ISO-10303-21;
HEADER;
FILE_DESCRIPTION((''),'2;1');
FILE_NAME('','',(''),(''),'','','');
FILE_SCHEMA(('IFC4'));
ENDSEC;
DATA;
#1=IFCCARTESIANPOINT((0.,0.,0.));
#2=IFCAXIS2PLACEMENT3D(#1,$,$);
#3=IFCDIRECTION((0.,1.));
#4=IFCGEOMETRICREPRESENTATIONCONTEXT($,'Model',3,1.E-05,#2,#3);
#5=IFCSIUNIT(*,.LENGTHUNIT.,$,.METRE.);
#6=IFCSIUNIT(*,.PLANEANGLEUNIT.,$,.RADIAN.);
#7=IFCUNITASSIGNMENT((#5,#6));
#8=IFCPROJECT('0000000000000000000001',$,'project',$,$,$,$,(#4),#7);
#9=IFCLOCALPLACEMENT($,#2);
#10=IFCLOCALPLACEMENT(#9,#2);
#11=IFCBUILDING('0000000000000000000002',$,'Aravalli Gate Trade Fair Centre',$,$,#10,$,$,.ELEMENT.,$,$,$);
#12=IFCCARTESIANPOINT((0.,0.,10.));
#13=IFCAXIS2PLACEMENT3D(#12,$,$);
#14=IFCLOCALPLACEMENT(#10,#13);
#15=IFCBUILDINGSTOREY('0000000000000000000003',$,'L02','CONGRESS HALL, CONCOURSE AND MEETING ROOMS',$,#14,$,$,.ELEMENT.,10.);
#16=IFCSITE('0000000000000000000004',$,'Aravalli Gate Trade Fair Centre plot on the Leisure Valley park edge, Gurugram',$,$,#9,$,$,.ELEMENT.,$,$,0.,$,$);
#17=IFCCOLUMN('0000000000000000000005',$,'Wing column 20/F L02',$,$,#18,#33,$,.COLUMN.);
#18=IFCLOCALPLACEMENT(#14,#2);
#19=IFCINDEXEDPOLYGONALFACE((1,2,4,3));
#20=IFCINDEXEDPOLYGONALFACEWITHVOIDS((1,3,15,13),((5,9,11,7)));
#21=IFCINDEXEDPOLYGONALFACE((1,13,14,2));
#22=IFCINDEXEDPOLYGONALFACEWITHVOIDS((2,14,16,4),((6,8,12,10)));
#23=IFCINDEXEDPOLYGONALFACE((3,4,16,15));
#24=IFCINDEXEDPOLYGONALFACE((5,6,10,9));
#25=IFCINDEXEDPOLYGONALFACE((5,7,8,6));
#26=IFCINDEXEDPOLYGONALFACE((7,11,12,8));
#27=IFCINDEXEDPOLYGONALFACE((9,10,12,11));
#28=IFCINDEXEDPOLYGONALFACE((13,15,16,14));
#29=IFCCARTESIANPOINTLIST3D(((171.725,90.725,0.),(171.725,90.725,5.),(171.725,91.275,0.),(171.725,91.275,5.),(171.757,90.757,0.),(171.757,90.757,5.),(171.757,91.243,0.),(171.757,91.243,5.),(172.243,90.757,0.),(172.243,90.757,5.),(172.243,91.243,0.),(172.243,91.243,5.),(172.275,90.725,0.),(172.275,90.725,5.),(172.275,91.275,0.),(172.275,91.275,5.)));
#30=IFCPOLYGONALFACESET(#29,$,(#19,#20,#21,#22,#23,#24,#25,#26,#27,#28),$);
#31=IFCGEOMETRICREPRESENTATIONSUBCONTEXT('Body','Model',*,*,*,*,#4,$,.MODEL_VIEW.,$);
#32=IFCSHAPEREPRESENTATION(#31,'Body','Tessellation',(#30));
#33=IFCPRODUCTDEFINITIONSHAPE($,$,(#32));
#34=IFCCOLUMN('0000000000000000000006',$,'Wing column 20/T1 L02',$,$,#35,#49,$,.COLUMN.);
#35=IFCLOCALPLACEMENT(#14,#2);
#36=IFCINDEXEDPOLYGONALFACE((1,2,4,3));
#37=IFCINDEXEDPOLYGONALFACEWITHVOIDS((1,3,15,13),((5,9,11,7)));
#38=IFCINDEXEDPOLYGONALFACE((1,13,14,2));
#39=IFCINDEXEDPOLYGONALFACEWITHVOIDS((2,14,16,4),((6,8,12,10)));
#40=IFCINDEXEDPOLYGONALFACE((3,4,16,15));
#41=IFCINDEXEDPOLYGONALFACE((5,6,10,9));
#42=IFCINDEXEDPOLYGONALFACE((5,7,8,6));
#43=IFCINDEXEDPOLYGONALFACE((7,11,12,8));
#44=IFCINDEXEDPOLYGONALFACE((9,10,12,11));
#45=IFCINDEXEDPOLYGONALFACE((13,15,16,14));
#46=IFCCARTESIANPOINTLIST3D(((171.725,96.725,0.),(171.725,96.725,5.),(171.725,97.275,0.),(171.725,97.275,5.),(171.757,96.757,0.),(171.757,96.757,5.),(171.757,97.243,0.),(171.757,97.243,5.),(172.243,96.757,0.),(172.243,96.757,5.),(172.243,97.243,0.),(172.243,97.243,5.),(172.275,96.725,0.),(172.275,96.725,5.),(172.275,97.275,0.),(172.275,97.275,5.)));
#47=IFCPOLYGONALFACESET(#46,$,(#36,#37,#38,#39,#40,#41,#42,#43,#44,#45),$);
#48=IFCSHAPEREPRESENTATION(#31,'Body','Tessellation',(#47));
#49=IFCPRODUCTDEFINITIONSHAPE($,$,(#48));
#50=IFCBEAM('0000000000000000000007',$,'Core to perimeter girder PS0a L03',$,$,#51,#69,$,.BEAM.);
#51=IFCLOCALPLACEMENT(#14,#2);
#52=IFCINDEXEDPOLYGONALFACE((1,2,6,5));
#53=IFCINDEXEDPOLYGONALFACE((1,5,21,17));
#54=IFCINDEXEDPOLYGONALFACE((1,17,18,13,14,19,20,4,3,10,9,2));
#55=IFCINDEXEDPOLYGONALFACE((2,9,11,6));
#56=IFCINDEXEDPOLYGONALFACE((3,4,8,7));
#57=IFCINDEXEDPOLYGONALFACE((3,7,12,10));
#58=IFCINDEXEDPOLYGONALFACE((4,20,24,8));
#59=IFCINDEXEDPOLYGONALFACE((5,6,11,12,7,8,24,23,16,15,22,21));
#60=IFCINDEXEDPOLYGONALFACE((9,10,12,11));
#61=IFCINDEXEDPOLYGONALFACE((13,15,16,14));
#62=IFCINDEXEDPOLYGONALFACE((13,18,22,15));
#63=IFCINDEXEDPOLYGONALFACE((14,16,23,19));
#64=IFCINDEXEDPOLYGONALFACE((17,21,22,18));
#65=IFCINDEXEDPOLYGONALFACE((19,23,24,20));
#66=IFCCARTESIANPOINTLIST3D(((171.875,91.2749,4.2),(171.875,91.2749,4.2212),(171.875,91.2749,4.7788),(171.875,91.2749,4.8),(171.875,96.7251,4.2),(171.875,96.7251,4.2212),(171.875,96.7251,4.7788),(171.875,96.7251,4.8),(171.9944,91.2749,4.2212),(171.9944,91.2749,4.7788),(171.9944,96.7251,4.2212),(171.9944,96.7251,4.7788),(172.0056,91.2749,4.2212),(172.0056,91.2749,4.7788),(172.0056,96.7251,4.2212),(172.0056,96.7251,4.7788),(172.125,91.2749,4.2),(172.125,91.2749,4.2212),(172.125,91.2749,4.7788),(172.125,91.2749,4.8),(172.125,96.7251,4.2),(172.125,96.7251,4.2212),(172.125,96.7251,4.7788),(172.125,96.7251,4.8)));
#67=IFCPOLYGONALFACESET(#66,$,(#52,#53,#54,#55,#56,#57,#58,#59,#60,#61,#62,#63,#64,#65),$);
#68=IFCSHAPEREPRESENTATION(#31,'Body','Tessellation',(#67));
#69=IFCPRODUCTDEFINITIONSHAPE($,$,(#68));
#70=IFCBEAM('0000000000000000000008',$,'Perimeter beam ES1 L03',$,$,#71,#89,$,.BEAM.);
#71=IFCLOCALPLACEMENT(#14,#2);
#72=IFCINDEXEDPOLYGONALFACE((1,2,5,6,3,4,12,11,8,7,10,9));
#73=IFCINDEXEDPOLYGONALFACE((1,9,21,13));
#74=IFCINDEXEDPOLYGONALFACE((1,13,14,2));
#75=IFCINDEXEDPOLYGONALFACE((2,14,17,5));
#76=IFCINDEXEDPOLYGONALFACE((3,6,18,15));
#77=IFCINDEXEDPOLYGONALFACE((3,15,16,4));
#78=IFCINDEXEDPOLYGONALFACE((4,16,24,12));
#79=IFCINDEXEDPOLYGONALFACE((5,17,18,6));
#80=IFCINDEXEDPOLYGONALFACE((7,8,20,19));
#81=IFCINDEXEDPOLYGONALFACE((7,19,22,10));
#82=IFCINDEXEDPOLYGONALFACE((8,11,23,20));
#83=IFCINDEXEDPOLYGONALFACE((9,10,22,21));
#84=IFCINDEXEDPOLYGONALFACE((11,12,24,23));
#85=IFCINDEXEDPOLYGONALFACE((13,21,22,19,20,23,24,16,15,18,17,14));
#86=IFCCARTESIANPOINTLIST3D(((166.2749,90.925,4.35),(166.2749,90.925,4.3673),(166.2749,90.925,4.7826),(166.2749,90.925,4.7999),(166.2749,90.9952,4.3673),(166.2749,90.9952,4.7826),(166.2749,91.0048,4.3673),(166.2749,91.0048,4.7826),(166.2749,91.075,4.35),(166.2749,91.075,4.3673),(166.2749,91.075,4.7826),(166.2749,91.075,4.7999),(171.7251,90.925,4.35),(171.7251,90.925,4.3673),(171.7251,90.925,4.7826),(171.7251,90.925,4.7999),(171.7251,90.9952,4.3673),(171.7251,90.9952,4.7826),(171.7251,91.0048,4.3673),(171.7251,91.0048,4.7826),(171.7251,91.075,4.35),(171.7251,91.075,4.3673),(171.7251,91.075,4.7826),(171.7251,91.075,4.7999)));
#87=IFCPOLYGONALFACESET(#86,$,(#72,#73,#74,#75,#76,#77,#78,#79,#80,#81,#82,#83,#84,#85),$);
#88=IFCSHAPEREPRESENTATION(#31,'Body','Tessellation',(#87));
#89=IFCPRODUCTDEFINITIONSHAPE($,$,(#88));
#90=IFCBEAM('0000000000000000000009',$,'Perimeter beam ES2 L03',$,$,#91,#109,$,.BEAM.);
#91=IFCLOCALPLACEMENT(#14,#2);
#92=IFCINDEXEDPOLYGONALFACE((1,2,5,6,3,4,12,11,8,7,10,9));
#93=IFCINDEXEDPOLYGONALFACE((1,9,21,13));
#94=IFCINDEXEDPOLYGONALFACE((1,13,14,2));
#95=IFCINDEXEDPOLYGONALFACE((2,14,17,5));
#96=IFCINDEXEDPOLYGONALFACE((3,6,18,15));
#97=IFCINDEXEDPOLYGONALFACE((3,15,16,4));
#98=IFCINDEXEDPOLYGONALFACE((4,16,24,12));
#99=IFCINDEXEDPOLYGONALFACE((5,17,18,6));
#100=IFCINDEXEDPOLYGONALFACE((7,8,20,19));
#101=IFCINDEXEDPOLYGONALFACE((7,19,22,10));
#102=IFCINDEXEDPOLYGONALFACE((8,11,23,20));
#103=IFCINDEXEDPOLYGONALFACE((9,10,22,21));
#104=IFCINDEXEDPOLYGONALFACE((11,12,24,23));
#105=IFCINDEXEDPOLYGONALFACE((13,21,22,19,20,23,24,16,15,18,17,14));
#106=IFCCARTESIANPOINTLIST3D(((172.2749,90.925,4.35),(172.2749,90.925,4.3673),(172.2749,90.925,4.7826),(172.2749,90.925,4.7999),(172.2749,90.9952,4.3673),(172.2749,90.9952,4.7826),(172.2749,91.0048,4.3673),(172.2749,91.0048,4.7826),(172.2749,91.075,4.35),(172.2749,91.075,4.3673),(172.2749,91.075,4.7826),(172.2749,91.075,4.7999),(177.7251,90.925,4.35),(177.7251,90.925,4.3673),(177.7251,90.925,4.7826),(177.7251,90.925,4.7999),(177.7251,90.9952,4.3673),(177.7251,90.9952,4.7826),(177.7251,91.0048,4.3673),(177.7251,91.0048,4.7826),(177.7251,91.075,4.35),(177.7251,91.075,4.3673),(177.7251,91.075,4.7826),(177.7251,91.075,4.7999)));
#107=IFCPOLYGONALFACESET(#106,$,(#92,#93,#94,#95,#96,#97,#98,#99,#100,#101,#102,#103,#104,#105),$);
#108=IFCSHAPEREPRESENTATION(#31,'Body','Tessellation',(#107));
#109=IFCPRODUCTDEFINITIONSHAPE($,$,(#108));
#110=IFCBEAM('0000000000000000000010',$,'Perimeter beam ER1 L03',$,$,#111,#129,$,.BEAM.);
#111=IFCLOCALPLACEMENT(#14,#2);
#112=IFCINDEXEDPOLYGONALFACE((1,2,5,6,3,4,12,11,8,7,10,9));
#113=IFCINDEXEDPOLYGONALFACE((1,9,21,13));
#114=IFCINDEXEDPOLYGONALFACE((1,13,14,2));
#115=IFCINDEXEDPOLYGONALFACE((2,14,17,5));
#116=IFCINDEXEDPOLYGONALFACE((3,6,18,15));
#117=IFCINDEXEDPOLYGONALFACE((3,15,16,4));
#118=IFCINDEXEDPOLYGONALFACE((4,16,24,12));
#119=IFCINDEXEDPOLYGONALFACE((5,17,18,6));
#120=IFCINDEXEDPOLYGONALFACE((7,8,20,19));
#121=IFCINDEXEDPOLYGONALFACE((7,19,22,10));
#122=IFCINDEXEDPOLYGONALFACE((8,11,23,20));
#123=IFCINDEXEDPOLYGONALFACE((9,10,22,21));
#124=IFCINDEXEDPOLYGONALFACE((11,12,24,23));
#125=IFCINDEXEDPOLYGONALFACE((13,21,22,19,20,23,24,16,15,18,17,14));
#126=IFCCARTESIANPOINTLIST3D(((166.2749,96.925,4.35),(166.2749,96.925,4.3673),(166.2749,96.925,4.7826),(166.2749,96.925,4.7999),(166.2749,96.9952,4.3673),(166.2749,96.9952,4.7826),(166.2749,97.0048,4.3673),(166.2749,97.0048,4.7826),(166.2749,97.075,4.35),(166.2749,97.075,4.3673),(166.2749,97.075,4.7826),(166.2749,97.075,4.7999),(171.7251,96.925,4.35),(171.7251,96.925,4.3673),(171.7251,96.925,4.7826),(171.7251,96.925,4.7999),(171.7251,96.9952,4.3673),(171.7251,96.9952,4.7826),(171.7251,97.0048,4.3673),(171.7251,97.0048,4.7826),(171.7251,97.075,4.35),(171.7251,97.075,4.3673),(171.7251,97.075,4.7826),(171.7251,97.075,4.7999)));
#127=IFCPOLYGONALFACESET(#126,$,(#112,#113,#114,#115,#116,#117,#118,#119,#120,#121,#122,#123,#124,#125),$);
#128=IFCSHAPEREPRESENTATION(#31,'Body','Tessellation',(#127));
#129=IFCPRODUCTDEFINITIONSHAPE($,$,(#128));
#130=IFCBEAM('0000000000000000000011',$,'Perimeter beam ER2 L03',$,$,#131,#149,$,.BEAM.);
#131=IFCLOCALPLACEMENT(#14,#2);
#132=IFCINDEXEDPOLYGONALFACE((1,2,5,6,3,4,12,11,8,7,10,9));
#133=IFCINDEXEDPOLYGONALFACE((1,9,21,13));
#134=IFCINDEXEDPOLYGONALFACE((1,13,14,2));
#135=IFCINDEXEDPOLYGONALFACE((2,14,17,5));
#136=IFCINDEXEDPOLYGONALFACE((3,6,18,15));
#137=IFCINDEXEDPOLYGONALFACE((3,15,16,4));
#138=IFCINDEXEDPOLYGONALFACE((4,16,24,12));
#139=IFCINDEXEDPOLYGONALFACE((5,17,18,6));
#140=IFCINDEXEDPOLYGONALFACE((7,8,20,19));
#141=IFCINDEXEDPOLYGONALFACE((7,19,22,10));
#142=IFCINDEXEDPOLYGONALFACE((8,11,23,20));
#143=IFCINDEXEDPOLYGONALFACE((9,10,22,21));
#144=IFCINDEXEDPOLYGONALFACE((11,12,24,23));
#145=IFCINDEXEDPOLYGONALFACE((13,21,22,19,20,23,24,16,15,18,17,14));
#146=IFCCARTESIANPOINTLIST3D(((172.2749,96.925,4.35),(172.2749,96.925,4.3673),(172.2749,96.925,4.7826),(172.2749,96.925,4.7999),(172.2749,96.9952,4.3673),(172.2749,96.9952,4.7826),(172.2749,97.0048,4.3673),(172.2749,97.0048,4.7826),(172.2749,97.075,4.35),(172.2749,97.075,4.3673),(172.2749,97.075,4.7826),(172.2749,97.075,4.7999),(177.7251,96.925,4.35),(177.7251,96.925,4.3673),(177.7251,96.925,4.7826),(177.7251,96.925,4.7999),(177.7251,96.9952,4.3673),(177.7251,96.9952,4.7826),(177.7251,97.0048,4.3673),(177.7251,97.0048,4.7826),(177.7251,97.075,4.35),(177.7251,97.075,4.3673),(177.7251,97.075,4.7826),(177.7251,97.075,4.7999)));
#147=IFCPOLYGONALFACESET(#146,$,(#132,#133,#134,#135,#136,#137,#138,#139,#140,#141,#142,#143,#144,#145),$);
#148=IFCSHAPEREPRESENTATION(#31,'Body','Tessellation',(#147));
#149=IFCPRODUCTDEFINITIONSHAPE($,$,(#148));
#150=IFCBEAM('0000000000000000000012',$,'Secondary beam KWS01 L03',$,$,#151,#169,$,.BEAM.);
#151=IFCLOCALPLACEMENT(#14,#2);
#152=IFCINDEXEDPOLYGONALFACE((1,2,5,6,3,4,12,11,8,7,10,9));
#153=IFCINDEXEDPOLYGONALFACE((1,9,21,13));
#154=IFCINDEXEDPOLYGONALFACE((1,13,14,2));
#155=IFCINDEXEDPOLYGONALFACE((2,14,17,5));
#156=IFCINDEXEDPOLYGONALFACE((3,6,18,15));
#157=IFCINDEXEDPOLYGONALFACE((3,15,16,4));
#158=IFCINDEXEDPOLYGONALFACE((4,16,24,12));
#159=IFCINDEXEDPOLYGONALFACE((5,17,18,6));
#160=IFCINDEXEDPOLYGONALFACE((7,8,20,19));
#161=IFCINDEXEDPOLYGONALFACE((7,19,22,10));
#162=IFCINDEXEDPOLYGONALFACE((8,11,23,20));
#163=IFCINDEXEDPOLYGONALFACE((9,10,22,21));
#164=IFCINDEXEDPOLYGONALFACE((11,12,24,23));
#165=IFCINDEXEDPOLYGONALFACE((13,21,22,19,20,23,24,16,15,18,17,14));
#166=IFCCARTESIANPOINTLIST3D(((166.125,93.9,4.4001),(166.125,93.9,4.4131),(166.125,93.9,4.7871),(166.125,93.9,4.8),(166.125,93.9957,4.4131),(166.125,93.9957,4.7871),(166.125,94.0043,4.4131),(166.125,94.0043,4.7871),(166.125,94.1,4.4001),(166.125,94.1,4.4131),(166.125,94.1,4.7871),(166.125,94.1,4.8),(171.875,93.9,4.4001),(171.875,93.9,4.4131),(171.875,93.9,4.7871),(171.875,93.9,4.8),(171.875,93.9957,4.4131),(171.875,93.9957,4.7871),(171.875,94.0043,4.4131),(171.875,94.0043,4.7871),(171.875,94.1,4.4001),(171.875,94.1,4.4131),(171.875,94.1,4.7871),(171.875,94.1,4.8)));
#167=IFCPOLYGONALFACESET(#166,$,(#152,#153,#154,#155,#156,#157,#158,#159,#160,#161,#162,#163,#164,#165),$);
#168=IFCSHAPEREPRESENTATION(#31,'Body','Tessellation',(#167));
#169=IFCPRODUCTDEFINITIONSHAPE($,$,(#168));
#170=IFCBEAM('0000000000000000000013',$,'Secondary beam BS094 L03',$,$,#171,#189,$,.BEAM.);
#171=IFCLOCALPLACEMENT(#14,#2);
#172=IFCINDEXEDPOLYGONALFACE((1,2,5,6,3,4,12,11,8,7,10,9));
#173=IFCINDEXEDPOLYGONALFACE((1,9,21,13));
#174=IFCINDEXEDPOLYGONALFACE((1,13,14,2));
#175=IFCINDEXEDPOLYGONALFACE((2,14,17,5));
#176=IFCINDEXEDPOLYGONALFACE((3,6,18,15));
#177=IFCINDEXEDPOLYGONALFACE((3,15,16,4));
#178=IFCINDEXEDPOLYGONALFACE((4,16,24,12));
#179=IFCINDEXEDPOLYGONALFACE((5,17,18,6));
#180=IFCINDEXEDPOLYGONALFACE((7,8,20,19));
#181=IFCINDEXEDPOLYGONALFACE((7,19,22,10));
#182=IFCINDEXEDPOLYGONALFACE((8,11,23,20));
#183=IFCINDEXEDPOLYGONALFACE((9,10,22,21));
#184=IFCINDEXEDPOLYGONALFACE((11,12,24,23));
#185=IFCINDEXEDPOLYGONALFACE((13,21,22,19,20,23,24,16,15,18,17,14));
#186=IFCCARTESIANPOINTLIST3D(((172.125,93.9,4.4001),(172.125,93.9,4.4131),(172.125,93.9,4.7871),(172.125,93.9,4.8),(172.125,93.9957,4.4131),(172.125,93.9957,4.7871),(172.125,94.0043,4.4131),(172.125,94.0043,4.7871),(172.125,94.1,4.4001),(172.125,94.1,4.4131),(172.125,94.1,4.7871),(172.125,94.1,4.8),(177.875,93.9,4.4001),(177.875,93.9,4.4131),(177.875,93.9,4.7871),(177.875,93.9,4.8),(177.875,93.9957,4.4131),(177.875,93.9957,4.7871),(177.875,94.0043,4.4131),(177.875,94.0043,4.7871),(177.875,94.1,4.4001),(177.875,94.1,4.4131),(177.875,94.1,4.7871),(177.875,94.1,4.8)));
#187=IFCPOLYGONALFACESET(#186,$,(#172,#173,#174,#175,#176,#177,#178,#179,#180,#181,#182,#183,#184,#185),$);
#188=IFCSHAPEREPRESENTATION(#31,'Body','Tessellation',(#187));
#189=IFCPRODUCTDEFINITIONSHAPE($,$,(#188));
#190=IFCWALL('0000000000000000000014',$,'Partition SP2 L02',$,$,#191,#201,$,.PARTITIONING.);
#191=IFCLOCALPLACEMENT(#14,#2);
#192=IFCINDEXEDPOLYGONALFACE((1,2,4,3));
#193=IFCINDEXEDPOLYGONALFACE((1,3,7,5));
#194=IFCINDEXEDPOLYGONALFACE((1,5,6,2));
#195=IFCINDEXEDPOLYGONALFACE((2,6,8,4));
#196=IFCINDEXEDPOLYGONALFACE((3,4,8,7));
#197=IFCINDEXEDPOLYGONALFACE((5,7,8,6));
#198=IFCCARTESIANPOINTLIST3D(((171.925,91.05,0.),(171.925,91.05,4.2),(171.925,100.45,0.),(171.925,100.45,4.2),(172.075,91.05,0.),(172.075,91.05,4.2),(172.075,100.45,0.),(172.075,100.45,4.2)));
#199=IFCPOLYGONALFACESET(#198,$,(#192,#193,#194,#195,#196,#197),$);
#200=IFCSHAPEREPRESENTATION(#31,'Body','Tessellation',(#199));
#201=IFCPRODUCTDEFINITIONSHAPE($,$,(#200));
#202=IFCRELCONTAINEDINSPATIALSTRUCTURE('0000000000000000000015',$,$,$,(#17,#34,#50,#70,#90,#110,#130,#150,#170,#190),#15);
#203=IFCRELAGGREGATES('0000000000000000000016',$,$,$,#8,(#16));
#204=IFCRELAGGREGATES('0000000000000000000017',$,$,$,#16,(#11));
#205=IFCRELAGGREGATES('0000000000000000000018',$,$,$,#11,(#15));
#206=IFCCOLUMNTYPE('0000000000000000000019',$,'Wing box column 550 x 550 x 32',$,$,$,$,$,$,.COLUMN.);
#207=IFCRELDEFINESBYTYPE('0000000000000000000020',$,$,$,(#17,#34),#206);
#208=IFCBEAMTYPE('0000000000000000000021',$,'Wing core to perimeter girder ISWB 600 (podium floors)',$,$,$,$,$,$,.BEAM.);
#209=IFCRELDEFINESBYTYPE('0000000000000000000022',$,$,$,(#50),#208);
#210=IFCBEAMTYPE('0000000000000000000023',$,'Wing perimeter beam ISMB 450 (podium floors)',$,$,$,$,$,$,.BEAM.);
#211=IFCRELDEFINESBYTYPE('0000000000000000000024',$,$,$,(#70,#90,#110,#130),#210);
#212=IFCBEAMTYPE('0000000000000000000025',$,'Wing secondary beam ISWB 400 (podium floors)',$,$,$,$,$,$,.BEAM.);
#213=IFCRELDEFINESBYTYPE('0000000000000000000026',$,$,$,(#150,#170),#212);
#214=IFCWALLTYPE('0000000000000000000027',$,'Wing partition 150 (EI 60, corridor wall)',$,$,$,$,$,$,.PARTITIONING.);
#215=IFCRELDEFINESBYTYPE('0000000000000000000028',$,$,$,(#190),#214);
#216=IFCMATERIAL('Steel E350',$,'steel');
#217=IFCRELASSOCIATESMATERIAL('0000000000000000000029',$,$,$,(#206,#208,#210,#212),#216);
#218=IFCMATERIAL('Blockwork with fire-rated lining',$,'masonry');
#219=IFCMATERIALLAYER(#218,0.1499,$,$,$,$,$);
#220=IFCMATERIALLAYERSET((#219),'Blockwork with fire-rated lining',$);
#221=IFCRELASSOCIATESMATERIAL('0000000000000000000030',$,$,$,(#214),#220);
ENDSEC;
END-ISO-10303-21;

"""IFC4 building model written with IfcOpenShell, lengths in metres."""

from ifc_helpers import new_model, si_unit, direction, frame, frame_2d, origin, origin_2d, place, context, subcontext, project, spatial, rectangle, hollow_rectangle, i_section, extrude, material, layer, layer_set, material_profile, profile_set, type_object, element, save


model = new_model("IFC4")

# Units and contexts
model_context = context("Model", 3, precision=1e-05, world=origin(), true_north=direction((0.0, 1.0)))
body_context = subcontext(model_context, "Body", "Model", "MODEL_VIEW")
ifc_project = project(units=[si_unit("LENGTHUNIT", "METRE"), si_unit("PLANEANGLEUNIT", "RADIAN")], contexts=[model_context])

# Site, building, storey
site_placement = place(None, origin())
site = spatial("IfcSite", under=ifc_project, at=site_placement, Name="Aravalli Gate Trade Fair Centre plot on the Leisure Valley park edge, Gurugram", CompositionType="ELEMENT", RefElevation=0.0)
building_placement = place(site_placement, origin())
building = spatial("IfcBuilding", under=site, at=building_placement, Name="Aravalli Gate Trade Fair Centre", CompositionType="ELEMENT")
storey_placement = place(building_placement, frame((0.0, 0.0, 10.0)))
storey = spatial("IfcBuildingStorey", under=building, at=storey_placement, Name="L02", Description="CONGRESS HALL, CONCOURSE AND MEETING ROOMS", CompositionType="ELEMENT", Elevation=10.0)

# Columns
ifc_material_1 = material(Name="Steel E350", Category="steel")
ifc_material_profile_1 = material_profile(ifc_material_1, hollow_rectangle(XDim=0.55, YDim=0.55, WallThickness=0.032, at=origin_2d()), Name="BOX 550x550x32")
ifc_profile_set_1 = profile_set([ifc_material_profile_1], Name="Steel E350")
column_type = type_object("IfcColumnType", Name="Wing box column 550 x 550 x 32", PredefinedType="COLUMN", material=ifc_profile_set_1)
for number, where, z_axis, x_axis, name in (
    (1, (172.0, 91.0, 0.0), (0.0, 0.0, 1.0), (1.0, 0.0, 0.0), "Wing column 20/F L02"),
    (2, (172.0, 97.0, 0.0), (0.0, 0.0, 1.0), (1.0, 0.0, 0.0), "Wing column 20/T1 L02"),
):
    element("IfcColumn", number, at=place(storey_placement, frame(where, z_axis=z_axis, x_axis=x_axis)), inside=storey, type_object=column_type, Name=name, PredefinedType="COLUMN", context=body_context, shape_type="SweptSolid", body=[
        extrude(hollow_rectangle(XDim=0.55, YDim=0.55, WallThickness=0.032, at=origin_2d()), origin(), (0.0, 0.0, 1.0), 5.0),
    ])

# Beams
ifc_material_profile_2 = material_profile(ifc_material_1, i_section(OverallWidth=0.25, OverallDepth=0.6001, WebThickness=0.0112, FlangeThickness=0.0212, at=origin_2d()), Name="ISWB 600")
ifc_profile_set_2 = profile_set([ifc_material_profile_2], Name="Steel E350")
beam_type_1 = type_object("IfcBeamType", Name="Wing core to perimeter girder ISWB 600 (podium floors)", PredefinedType="BEAM", material=ifc_profile_set_2)
beam_placement = place(storey_placement, frame((172.0, 91.2749, 4.5), z_axis=(0.0, 1.0, 0.0), x_axis=(-1.0, 0.0, 0.0)))
element("IfcBeam", 3, at=beam_placement, inside=storey, type_object=beam_type_1, Name="Core to perimeter girder PS0a L03", PredefinedType="BEAM", context=body_context, shape_type="SweptSolid", body=[
    extrude(i_section(OverallWidth=0.25, OverallDepth=0.6001, WebThickness=0.0112, FlangeThickness=0.0212, at=origin_2d()), origin(), (0.0, 0.0, 1.0), 5.4502),
])
ifc_material_profile_3 = material_profile(ifc_material_1, i_section(OverallWidth=0.1499, OverallDepth=0.45, WebThickness=0.0095, FlangeThickness=0.0173, at=origin_2d()), Name="ISMB 450")
ifc_profile_set_3 = profile_set([ifc_material_profile_3], Name="Steel E350")
beam_type_2 = type_object("IfcBeamType", Name="Wing perimeter beam ISMB 450 (podium floors)", PredefinedType="BEAM", material=ifc_profile_set_3)
for number, where, z_axis, x_axis, name in (
    (4, (166.2749, 91.0, 4.575), (1.0, 0.0, 0.0), (0.0, 1.0, 0.0), "Perimeter beam ES1 L03"),
    (5, (172.2749, 91.0, 4.575), (1.0, 0.0, 0.0), (0.0, 1.0, 0.0), "Perimeter beam ES2 L03"),
    (6, (166.2749, 97.0, 4.575), (1.0, 0.0, 0.0), (0.0, 1.0, 0.0), "Perimeter beam ER1 L03"),
    (7, (172.2749, 97.0, 4.575), (1.0, 0.0, 0.0), (0.0, 1.0, 0.0), "Perimeter beam ER2 L03"),
):
    element("IfcBeam", number, at=place(storey_placement, frame(where, z_axis=z_axis, x_axis=x_axis)), inside=storey, type_object=beam_type_2, Name=name, PredefinedType="BEAM", context=body_context, shape_type="SweptSolid", body=[
        extrude(i_section(OverallWidth=0.1499, OverallDepth=0.45, WebThickness=0.0095, FlangeThickness=0.0173, at=origin_2d()), origin(), (0.0, 0.0, 1.0), 5.4502),
    ])
ifc_material_profile_4 = material_profile(ifc_material_1, i_section(OverallWidth=0.2, OverallDepth=0.3999, WebThickness=0.0085, FlangeThickness=0.0129, at=origin_2d()), Name="ISWB 400")
ifc_profile_set_4 = profile_set([ifc_material_profile_4], Name="Steel E350")
beam_type_3 = type_object("IfcBeamType", Name="Wing secondary beam ISWB 400 (podium floors)", PredefinedType="BEAM", material=ifc_profile_set_4)
for number, where, z_axis, x_axis, name in (
    (8, (166.125, 94.0, 4.6001), (1.0, 0.0, 0.0), (0.0, 1.0, 0.0), "Secondary beam KWS01 L03"),
    (9, (172.125, 94.0, 4.6001), (1.0, 0.0, 0.0), (0.0, 1.0, 0.0), "Secondary beam BS094 L03"),
):
    element("IfcBeam", number, at=place(storey_placement, frame(where, z_axis=z_axis, x_axis=x_axis)), inside=storey, type_object=beam_type_3, Name=name, PredefinedType="BEAM", context=body_context, shape_type="SweptSolid", body=[
        extrude(i_section(OverallWidth=0.2, OverallDepth=0.3999, WebThickness=0.0085, FlangeThickness=0.0129, at=origin_2d()), origin(), (0.0, 0.0, 1.0), 5.75),
    ])

# Wall
ifc_material_2 = material(Name="Blockwork with fire-rated lining", Category="masonry")
ifc_layer_1 = layer(ifc_material_2, 0.1499)
ifc_layer_set_1 = layer_set([ifc_layer_1], Name="Blockwork with fire-rated lining")
wall_type_1 = type_object("IfcWallType", Name="Wing partition 150 (EI 60, corridor wall)", PredefinedType="PARTITIONING", material=ifc_layer_set_1)
wall_1_placement = place(storey_placement, frame((172.0, 91.05, 0.0), z_axis=(0.0, 0.0, 1.0), x_axis=(0.0, 1.0, 0.0)))
element("IfcWall", 10, at=wall_1_placement, inside=storey, type_object=wall_type_1, Name="Partition SP2 L02", PredefinedType="PARTITIONING", context=body_context, shape_type="SweptSolid", body=[
    extrude(rectangle(XDim=9.3999, YDim=0.1499, at=frame_2d((4.7, 0.0))), origin(), (0.0, 0.0, 1.0), 4.2),
])

save(model, "model.ifc")
